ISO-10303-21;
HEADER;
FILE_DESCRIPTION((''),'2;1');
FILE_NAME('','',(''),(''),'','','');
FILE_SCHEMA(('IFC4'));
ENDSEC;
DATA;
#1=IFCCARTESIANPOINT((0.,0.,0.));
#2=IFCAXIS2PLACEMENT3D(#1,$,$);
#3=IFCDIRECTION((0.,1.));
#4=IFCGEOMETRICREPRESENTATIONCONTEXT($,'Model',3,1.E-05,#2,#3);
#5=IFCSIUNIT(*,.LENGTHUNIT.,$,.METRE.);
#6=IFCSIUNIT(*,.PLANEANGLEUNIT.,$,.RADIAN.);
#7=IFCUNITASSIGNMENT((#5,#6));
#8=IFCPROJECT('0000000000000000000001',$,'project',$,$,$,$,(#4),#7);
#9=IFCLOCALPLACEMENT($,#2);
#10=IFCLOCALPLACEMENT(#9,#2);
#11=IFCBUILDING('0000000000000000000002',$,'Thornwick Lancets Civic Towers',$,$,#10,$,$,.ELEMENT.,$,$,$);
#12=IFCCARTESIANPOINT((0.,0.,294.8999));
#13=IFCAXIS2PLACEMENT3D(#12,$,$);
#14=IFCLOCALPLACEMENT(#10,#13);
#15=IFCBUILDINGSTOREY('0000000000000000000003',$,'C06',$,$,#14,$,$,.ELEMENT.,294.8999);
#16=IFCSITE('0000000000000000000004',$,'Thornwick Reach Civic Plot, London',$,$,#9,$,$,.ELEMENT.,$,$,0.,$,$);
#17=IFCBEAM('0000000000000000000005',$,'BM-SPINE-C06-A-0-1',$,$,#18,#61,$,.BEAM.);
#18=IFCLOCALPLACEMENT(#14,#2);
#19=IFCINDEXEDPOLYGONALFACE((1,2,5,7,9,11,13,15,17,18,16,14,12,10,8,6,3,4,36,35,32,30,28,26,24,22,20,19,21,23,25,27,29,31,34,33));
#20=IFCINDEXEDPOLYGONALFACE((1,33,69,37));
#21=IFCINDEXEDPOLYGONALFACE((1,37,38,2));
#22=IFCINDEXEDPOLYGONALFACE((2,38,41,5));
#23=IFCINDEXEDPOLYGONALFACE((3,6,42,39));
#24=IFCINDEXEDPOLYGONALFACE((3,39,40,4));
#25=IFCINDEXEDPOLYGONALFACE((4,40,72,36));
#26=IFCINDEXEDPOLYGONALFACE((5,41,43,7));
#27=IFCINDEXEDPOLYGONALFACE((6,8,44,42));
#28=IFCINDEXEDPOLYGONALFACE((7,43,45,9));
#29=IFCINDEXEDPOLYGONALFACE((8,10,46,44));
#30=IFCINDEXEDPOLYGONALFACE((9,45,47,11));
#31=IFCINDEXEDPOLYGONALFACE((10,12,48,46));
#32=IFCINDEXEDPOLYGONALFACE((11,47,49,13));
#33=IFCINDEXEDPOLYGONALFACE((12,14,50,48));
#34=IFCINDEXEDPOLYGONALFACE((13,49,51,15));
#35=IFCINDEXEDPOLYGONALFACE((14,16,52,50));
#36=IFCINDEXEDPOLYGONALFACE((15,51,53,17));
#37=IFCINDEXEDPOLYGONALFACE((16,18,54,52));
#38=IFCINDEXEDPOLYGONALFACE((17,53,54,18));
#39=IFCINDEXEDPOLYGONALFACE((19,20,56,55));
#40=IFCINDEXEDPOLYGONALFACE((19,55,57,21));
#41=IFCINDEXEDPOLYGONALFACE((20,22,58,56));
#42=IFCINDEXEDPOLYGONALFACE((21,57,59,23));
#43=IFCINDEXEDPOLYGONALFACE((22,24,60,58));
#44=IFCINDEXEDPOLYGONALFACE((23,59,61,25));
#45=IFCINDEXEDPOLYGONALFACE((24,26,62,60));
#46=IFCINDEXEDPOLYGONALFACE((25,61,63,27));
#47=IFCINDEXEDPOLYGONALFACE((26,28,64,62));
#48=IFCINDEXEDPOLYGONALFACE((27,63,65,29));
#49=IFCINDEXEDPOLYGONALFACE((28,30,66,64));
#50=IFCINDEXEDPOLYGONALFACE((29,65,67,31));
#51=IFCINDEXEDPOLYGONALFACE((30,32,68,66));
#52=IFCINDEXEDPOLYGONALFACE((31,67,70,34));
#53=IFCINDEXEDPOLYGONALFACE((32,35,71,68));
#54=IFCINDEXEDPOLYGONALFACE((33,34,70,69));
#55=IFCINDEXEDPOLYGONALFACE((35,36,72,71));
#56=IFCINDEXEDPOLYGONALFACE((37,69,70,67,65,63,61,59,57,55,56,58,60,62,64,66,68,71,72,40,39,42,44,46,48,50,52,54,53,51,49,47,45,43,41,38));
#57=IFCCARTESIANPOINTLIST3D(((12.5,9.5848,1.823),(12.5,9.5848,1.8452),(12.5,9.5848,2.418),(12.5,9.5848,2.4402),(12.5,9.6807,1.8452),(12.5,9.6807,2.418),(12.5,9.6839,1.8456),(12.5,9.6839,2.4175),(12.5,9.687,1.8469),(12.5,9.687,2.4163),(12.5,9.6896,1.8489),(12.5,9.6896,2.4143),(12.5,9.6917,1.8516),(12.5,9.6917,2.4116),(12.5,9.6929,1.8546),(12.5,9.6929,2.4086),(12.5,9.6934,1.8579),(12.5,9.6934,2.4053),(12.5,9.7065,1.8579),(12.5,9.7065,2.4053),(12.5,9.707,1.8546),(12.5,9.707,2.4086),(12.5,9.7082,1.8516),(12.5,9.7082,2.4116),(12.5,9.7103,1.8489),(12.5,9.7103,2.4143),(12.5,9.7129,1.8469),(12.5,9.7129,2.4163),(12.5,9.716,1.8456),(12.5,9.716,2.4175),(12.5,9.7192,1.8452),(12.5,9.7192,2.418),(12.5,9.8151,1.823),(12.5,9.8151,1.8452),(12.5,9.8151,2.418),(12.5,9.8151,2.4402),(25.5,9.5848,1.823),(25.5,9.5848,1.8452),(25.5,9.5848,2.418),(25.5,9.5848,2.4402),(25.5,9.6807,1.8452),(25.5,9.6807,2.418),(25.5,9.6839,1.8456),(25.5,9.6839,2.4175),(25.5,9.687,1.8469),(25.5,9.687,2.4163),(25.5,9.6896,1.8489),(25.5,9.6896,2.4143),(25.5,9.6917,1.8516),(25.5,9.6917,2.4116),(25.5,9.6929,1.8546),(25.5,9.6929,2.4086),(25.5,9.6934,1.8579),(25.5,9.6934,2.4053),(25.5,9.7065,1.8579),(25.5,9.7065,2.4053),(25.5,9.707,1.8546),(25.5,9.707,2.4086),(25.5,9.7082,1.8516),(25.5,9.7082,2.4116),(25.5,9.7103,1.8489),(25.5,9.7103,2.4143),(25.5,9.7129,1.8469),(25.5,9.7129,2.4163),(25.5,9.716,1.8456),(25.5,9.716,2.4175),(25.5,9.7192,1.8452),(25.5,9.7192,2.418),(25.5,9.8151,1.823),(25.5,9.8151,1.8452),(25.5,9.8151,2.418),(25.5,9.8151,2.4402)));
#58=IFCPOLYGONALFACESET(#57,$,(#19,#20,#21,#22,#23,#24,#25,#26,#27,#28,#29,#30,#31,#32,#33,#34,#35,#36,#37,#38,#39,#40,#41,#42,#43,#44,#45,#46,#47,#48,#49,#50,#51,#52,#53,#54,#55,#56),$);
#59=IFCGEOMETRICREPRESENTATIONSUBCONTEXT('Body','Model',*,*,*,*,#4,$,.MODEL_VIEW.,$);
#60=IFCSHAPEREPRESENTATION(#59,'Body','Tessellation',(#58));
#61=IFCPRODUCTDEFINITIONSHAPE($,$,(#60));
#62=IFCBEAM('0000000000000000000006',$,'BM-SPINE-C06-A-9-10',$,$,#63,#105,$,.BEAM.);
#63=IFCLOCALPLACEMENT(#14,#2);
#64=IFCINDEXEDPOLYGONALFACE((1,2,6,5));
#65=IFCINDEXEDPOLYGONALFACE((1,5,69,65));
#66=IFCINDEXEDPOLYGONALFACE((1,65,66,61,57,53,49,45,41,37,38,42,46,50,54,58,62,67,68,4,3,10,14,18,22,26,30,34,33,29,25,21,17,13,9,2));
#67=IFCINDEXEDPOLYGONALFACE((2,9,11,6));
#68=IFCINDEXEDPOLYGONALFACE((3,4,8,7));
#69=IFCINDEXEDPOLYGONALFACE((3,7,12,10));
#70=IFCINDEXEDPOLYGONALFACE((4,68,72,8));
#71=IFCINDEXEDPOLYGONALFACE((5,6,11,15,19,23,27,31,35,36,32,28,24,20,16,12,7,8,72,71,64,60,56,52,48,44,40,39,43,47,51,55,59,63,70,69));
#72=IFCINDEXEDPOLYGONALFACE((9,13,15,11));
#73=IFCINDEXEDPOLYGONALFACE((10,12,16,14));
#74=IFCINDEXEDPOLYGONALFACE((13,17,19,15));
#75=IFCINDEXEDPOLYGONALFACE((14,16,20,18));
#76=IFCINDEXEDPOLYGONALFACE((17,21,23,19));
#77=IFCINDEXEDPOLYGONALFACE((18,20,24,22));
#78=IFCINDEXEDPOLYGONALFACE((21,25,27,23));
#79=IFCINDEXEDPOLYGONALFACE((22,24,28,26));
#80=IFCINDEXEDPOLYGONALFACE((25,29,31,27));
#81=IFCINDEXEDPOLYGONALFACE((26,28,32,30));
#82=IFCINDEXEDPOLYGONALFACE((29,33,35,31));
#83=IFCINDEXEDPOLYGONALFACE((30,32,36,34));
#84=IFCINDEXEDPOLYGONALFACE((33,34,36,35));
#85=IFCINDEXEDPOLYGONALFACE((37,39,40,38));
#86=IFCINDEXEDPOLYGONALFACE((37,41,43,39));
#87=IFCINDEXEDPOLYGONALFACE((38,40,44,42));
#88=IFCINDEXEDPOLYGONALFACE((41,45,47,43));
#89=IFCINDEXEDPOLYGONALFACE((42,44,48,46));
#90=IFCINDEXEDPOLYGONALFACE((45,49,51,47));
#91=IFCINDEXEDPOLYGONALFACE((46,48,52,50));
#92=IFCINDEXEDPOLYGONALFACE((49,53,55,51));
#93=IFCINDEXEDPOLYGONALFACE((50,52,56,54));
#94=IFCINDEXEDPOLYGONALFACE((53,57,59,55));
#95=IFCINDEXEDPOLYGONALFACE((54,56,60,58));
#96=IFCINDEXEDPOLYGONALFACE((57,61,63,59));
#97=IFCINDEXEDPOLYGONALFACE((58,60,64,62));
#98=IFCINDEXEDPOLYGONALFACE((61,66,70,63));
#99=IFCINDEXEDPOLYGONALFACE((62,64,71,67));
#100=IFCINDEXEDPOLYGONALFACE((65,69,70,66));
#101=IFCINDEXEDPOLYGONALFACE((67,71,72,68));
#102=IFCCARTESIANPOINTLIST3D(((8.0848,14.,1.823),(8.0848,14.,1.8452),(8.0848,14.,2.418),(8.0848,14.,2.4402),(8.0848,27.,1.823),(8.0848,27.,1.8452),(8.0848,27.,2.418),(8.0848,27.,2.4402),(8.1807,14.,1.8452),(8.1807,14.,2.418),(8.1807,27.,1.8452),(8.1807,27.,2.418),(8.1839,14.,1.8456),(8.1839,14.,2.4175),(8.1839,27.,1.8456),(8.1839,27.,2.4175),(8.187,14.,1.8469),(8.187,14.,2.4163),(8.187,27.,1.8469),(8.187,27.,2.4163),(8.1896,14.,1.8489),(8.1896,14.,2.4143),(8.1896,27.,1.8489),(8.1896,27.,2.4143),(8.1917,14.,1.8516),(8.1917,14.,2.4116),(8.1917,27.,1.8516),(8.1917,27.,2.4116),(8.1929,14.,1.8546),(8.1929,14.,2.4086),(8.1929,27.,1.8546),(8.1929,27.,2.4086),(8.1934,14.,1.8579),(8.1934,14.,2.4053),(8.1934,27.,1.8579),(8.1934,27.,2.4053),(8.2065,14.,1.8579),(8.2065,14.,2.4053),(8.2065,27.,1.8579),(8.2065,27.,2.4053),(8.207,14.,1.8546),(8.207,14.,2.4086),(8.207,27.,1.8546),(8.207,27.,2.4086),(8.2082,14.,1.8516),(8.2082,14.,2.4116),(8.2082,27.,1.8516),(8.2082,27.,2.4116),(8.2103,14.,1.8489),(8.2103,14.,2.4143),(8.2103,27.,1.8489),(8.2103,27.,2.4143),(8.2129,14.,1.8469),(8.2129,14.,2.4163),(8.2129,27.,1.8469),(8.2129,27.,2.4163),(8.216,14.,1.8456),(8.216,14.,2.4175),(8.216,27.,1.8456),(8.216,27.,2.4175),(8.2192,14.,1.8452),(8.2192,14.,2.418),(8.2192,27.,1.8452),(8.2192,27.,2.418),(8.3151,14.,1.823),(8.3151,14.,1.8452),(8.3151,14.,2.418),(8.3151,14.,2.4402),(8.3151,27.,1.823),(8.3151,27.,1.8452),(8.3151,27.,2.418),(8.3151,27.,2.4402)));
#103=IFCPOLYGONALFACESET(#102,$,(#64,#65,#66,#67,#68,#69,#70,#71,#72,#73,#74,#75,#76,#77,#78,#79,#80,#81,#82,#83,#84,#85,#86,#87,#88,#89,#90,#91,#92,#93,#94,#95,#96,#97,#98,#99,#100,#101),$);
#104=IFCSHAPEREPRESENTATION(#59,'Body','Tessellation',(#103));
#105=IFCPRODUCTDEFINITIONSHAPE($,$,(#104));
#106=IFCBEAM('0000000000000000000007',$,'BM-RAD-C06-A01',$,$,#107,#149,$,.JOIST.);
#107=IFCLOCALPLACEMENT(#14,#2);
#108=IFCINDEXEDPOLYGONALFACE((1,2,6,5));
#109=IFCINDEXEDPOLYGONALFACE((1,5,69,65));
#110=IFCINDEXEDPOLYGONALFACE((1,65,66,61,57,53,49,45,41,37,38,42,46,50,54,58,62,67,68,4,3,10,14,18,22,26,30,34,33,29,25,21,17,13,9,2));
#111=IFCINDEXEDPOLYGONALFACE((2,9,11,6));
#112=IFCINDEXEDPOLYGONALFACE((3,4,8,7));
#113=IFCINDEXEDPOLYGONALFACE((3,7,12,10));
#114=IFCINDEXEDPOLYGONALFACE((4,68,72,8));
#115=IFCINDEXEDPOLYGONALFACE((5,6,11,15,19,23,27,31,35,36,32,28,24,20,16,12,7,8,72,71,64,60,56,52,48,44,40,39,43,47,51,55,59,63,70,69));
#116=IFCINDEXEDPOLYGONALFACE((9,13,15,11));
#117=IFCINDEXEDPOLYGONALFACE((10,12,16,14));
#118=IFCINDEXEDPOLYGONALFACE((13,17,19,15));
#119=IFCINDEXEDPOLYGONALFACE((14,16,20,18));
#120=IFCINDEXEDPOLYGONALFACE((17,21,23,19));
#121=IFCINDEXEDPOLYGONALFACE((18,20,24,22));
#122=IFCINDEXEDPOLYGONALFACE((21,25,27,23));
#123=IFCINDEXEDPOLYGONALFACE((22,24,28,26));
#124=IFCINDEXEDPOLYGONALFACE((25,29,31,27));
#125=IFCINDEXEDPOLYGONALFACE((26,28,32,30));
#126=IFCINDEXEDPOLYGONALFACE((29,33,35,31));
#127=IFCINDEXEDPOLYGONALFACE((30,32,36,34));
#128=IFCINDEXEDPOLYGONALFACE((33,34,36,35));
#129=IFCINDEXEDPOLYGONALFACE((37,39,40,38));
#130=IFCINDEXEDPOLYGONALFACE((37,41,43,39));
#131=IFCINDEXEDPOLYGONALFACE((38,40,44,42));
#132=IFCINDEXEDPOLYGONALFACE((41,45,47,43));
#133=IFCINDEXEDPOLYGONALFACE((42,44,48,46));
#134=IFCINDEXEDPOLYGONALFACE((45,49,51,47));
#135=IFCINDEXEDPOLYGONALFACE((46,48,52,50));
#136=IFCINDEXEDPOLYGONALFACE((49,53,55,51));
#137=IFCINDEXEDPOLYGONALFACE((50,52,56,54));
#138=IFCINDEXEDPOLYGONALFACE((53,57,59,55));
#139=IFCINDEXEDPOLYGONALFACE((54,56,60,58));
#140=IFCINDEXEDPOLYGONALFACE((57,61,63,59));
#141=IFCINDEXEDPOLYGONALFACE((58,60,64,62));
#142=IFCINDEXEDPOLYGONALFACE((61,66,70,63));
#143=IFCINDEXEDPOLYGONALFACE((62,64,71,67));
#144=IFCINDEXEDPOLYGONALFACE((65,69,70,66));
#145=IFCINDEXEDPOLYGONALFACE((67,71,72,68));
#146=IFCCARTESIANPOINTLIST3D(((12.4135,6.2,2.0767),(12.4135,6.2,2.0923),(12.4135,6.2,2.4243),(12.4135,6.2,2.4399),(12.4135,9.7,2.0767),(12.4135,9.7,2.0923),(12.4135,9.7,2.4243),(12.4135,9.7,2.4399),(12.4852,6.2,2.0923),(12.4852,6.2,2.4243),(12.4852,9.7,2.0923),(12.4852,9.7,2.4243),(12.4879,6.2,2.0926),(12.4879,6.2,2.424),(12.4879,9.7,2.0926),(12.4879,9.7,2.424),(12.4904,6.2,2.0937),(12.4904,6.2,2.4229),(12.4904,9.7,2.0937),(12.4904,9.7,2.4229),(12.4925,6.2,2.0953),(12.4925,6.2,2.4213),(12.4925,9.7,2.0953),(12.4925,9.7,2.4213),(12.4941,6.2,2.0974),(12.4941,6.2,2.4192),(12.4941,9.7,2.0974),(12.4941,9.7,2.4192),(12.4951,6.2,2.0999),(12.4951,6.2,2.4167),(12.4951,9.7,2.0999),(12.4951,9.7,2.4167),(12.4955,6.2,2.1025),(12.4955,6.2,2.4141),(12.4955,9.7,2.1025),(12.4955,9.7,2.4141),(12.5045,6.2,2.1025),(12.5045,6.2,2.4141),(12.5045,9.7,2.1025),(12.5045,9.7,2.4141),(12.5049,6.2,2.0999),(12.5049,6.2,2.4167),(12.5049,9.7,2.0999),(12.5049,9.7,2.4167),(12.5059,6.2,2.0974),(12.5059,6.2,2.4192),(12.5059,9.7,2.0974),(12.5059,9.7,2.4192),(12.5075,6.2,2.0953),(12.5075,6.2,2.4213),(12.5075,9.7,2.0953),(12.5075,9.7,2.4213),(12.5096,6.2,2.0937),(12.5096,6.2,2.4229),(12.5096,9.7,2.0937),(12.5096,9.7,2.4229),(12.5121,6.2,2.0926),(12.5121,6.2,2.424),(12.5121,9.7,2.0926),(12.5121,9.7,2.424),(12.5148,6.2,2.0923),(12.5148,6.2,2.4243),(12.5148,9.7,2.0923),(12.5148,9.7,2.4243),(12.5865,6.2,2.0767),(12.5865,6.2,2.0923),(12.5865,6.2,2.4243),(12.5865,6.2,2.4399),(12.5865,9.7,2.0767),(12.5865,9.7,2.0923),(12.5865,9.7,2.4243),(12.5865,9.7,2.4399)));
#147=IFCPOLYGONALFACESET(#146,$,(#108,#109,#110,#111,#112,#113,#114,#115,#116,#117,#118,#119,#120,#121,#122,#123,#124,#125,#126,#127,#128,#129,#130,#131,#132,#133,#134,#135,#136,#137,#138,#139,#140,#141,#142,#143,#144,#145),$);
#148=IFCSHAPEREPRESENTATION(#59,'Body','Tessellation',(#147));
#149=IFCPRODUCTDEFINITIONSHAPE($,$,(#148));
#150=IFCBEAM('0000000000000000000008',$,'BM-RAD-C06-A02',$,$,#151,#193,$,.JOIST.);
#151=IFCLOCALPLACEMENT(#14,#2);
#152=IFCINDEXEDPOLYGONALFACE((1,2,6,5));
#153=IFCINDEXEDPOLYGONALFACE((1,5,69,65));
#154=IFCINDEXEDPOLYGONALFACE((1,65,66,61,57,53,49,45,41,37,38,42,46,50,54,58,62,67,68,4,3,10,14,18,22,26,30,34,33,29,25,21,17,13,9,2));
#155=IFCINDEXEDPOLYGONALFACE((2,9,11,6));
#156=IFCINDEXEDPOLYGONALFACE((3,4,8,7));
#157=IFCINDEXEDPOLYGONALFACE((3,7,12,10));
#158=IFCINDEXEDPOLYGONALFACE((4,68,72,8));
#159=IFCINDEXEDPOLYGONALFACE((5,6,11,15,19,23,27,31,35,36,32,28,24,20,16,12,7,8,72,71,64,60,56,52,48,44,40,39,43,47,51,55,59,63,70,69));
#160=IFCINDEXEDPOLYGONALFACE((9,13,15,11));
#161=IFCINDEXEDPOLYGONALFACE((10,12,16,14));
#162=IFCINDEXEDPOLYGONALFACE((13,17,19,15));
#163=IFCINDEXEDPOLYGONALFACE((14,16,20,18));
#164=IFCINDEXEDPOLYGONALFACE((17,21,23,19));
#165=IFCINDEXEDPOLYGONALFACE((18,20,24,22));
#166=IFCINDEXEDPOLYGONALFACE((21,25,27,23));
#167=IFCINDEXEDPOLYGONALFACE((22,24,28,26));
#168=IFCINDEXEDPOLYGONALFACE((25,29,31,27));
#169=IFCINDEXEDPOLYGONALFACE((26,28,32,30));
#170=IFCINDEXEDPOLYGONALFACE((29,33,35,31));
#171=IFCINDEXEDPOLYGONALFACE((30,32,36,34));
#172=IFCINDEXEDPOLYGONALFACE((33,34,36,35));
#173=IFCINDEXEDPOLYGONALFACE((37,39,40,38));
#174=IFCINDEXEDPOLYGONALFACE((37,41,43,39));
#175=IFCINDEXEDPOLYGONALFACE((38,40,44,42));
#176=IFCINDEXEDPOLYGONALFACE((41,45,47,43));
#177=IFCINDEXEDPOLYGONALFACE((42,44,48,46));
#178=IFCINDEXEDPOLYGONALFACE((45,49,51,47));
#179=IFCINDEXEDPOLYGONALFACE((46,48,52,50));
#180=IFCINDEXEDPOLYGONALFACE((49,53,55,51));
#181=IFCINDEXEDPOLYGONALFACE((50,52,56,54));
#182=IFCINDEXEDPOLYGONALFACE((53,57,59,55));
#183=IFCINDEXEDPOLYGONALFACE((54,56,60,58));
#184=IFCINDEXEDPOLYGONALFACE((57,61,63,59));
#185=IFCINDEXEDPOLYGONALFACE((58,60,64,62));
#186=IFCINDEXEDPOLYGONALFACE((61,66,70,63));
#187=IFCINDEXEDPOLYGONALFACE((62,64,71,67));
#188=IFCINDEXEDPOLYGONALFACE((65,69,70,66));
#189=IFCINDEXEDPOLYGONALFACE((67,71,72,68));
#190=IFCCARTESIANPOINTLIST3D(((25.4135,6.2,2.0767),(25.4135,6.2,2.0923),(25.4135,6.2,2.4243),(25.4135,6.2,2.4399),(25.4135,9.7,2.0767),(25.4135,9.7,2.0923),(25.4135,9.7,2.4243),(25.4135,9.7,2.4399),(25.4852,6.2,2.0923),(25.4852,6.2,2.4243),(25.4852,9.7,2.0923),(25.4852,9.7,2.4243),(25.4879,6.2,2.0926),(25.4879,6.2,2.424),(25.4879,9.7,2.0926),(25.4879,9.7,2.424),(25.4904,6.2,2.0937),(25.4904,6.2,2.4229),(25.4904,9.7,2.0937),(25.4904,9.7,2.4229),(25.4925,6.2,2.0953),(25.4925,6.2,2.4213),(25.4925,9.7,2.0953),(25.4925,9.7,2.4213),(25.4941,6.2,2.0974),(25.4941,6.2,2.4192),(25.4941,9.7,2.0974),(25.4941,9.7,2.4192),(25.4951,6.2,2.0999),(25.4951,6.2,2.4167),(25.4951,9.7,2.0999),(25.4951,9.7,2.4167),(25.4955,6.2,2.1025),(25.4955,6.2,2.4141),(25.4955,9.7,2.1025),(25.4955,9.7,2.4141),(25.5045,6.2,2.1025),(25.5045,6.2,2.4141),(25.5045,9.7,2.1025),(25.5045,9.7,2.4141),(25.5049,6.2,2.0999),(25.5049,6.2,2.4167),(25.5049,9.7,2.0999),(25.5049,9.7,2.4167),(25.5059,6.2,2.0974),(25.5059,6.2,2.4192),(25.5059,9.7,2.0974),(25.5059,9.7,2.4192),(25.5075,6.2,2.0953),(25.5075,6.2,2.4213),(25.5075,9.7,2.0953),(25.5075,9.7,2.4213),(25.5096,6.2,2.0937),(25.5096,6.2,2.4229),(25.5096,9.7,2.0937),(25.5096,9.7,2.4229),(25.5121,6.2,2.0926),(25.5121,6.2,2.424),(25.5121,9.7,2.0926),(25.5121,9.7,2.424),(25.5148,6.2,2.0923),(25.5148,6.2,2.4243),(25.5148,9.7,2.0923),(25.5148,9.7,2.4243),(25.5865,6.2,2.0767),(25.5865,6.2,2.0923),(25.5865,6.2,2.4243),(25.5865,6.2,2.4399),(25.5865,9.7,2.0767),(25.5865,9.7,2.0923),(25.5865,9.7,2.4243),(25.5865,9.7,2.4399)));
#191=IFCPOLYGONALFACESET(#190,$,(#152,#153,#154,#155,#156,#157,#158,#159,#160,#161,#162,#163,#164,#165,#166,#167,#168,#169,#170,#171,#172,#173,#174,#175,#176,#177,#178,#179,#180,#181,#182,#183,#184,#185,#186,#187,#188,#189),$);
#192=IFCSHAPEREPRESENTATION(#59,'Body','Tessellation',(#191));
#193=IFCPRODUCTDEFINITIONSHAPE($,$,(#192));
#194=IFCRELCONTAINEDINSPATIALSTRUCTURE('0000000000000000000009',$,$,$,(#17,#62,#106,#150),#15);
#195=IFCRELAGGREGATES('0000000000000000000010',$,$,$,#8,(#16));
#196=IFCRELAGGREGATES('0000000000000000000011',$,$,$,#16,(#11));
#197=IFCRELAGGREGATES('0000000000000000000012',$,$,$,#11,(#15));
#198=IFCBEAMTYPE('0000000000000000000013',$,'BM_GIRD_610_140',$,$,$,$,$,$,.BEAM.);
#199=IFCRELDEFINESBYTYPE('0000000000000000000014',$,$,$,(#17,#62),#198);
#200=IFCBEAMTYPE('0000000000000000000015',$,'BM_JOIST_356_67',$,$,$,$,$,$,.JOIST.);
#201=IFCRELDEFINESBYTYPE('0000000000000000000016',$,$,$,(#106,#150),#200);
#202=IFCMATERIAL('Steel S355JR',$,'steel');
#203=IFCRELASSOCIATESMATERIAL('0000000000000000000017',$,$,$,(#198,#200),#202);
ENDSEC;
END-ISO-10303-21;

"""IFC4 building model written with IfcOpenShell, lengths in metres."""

from ifc_helpers import new_model, si_unit, direction, frame, origin, origin_2d, place, context, subcontext, project, spatial, i_section, extrude, material, material_profile, profile_set, type_object, element, save


model = new_model("IFC4")

# Units and contexts
model_context = context("Model", 3, precision=1e-05, world=origin(), true_north=direction((0.0, 1.0)))
body_context = subcontext(model_context, "Body", "Model", "MODEL_VIEW")
ifc_project = project(units=[si_unit("LENGTHUNIT", "METRE"), si_unit("PLANEANGLEUNIT", "RADIAN")], contexts=[model_context])

# Site, building, storey
site_placement = place(None, origin())
site = spatial("IfcSite", under=ifc_project, at=site_placement, Name="Thornwick Reach Civic Plot, London", CompositionType="ELEMENT", RefElevation=0.0)
building_placement = place(site_placement, origin())
building = spatial("IfcBuilding", under=site, at=building_placement, Name="Thornwick Lancets Civic Towers", CompositionType="ELEMENT")
storey_placement = place(building_placement, frame((0.0, 0.0, 294.8999)))
storey = spatial("IfcBuildingStorey", under=building, at=storey_placement, Name="C06", CompositionType="ELEMENT", Elevation=294.8999)

# Shared definitions
ifc_material_1 = material(Name="Steel S355JR", Category="steel")

# Beams
ifc_material_profile_1 = material_profile(ifc_material_1, i_section(OverallWidth=0.2302, OverallDepth=0.6172, WebThickness=0.0132, FlangeThickness=0.0222, FilletRadius=0.0127, at=origin_2d()), Name="UKB 610x229x140")
ifc_profile_set_1 = profile_set([ifc_material_profile_1], Name="Steel S355JR")
beam_type_1 = type_object("IfcBeamType", Name="BM_GIRD_610_140", PredefinedType="BEAM", material=ifc_profile_set_1)
for number, where, z_axis, x_axis, name in (
    (1, (12.5, 9.7, 2.1316), (1.0, 0.0, 0.0), (0.0, 1.0, 0.0), "BM-SPINE-C06-A-0-1"),
    (2, (8.2, 14.0, 2.1316), (0.0, 1.0, 0.0), (-1.0, 0.0, 0.0), "BM-SPINE-C06-A-9-10"),
):
    element("IfcBeam", number, at=place(storey_placement, frame(where, z_axis=z_axis, x_axis=x_axis)), inside=storey, type_object=beam_type_1, Name=name, PredefinedType="BEAM", context=body_context, shape_type="SweptSolid", body=[
        extrude(i_section(OverallWidth=0.2302, OverallDepth=0.6172, WebThickness=0.0132, FlangeThickness=0.0222, FilletRadius=0.0127, at=origin_2d()), origin(), (0.0, 0.0, 1.0), 13.0),
    ])
ifc_material_profile_2 = material_profile(ifc_material_1, i_section(OverallWidth=0.1731, OverallDepth=0.3633, WebThickness=0.009, FlangeThickness=0.0156, FilletRadius=0.0103, at=origin_2d()), Name="UKB 356x171x67")
ifc_profile_set_2 = profile_set([ifc_material_profile_2], Name="Steel S355JR")
beam_type_2 = type_object("IfcBeamType", Name="BM_JOIST_356_67", PredefinedType="JOIST", material=ifc_profile_set_2)
for number, where, z_axis, x_axis, name in (
    (3, (12.5, 9.7, 2.2583), (0.0, -1.0, 0.0), (1.0, 0.0, 0.0), "BM-RAD-C06-A01"),
    (4, (25.5, 9.7, 2.2583), (0.0, -1.0, 0.0), (1.0, 0.0, 0.0), "BM-RAD-C06-A02"),
):
    element("IfcBeam", number, at=place(storey_placement, frame(where, z_axis=z_axis, x_axis=x_axis)), inside=storey, type_object=beam_type_2, Name=name, PredefinedType="JOIST", context=body_context, shape_type="SweptSolid", body=[
        extrude(i_section(OverallWidth=0.1731, OverallDepth=0.3633, WebThickness=0.009, FlangeThickness=0.0156, FilletRadius=0.0103, at=origin_2d()), origin(), (0.0, 0.0, 1.0), 3.5),
    ])

save(model, "model.ifc")
